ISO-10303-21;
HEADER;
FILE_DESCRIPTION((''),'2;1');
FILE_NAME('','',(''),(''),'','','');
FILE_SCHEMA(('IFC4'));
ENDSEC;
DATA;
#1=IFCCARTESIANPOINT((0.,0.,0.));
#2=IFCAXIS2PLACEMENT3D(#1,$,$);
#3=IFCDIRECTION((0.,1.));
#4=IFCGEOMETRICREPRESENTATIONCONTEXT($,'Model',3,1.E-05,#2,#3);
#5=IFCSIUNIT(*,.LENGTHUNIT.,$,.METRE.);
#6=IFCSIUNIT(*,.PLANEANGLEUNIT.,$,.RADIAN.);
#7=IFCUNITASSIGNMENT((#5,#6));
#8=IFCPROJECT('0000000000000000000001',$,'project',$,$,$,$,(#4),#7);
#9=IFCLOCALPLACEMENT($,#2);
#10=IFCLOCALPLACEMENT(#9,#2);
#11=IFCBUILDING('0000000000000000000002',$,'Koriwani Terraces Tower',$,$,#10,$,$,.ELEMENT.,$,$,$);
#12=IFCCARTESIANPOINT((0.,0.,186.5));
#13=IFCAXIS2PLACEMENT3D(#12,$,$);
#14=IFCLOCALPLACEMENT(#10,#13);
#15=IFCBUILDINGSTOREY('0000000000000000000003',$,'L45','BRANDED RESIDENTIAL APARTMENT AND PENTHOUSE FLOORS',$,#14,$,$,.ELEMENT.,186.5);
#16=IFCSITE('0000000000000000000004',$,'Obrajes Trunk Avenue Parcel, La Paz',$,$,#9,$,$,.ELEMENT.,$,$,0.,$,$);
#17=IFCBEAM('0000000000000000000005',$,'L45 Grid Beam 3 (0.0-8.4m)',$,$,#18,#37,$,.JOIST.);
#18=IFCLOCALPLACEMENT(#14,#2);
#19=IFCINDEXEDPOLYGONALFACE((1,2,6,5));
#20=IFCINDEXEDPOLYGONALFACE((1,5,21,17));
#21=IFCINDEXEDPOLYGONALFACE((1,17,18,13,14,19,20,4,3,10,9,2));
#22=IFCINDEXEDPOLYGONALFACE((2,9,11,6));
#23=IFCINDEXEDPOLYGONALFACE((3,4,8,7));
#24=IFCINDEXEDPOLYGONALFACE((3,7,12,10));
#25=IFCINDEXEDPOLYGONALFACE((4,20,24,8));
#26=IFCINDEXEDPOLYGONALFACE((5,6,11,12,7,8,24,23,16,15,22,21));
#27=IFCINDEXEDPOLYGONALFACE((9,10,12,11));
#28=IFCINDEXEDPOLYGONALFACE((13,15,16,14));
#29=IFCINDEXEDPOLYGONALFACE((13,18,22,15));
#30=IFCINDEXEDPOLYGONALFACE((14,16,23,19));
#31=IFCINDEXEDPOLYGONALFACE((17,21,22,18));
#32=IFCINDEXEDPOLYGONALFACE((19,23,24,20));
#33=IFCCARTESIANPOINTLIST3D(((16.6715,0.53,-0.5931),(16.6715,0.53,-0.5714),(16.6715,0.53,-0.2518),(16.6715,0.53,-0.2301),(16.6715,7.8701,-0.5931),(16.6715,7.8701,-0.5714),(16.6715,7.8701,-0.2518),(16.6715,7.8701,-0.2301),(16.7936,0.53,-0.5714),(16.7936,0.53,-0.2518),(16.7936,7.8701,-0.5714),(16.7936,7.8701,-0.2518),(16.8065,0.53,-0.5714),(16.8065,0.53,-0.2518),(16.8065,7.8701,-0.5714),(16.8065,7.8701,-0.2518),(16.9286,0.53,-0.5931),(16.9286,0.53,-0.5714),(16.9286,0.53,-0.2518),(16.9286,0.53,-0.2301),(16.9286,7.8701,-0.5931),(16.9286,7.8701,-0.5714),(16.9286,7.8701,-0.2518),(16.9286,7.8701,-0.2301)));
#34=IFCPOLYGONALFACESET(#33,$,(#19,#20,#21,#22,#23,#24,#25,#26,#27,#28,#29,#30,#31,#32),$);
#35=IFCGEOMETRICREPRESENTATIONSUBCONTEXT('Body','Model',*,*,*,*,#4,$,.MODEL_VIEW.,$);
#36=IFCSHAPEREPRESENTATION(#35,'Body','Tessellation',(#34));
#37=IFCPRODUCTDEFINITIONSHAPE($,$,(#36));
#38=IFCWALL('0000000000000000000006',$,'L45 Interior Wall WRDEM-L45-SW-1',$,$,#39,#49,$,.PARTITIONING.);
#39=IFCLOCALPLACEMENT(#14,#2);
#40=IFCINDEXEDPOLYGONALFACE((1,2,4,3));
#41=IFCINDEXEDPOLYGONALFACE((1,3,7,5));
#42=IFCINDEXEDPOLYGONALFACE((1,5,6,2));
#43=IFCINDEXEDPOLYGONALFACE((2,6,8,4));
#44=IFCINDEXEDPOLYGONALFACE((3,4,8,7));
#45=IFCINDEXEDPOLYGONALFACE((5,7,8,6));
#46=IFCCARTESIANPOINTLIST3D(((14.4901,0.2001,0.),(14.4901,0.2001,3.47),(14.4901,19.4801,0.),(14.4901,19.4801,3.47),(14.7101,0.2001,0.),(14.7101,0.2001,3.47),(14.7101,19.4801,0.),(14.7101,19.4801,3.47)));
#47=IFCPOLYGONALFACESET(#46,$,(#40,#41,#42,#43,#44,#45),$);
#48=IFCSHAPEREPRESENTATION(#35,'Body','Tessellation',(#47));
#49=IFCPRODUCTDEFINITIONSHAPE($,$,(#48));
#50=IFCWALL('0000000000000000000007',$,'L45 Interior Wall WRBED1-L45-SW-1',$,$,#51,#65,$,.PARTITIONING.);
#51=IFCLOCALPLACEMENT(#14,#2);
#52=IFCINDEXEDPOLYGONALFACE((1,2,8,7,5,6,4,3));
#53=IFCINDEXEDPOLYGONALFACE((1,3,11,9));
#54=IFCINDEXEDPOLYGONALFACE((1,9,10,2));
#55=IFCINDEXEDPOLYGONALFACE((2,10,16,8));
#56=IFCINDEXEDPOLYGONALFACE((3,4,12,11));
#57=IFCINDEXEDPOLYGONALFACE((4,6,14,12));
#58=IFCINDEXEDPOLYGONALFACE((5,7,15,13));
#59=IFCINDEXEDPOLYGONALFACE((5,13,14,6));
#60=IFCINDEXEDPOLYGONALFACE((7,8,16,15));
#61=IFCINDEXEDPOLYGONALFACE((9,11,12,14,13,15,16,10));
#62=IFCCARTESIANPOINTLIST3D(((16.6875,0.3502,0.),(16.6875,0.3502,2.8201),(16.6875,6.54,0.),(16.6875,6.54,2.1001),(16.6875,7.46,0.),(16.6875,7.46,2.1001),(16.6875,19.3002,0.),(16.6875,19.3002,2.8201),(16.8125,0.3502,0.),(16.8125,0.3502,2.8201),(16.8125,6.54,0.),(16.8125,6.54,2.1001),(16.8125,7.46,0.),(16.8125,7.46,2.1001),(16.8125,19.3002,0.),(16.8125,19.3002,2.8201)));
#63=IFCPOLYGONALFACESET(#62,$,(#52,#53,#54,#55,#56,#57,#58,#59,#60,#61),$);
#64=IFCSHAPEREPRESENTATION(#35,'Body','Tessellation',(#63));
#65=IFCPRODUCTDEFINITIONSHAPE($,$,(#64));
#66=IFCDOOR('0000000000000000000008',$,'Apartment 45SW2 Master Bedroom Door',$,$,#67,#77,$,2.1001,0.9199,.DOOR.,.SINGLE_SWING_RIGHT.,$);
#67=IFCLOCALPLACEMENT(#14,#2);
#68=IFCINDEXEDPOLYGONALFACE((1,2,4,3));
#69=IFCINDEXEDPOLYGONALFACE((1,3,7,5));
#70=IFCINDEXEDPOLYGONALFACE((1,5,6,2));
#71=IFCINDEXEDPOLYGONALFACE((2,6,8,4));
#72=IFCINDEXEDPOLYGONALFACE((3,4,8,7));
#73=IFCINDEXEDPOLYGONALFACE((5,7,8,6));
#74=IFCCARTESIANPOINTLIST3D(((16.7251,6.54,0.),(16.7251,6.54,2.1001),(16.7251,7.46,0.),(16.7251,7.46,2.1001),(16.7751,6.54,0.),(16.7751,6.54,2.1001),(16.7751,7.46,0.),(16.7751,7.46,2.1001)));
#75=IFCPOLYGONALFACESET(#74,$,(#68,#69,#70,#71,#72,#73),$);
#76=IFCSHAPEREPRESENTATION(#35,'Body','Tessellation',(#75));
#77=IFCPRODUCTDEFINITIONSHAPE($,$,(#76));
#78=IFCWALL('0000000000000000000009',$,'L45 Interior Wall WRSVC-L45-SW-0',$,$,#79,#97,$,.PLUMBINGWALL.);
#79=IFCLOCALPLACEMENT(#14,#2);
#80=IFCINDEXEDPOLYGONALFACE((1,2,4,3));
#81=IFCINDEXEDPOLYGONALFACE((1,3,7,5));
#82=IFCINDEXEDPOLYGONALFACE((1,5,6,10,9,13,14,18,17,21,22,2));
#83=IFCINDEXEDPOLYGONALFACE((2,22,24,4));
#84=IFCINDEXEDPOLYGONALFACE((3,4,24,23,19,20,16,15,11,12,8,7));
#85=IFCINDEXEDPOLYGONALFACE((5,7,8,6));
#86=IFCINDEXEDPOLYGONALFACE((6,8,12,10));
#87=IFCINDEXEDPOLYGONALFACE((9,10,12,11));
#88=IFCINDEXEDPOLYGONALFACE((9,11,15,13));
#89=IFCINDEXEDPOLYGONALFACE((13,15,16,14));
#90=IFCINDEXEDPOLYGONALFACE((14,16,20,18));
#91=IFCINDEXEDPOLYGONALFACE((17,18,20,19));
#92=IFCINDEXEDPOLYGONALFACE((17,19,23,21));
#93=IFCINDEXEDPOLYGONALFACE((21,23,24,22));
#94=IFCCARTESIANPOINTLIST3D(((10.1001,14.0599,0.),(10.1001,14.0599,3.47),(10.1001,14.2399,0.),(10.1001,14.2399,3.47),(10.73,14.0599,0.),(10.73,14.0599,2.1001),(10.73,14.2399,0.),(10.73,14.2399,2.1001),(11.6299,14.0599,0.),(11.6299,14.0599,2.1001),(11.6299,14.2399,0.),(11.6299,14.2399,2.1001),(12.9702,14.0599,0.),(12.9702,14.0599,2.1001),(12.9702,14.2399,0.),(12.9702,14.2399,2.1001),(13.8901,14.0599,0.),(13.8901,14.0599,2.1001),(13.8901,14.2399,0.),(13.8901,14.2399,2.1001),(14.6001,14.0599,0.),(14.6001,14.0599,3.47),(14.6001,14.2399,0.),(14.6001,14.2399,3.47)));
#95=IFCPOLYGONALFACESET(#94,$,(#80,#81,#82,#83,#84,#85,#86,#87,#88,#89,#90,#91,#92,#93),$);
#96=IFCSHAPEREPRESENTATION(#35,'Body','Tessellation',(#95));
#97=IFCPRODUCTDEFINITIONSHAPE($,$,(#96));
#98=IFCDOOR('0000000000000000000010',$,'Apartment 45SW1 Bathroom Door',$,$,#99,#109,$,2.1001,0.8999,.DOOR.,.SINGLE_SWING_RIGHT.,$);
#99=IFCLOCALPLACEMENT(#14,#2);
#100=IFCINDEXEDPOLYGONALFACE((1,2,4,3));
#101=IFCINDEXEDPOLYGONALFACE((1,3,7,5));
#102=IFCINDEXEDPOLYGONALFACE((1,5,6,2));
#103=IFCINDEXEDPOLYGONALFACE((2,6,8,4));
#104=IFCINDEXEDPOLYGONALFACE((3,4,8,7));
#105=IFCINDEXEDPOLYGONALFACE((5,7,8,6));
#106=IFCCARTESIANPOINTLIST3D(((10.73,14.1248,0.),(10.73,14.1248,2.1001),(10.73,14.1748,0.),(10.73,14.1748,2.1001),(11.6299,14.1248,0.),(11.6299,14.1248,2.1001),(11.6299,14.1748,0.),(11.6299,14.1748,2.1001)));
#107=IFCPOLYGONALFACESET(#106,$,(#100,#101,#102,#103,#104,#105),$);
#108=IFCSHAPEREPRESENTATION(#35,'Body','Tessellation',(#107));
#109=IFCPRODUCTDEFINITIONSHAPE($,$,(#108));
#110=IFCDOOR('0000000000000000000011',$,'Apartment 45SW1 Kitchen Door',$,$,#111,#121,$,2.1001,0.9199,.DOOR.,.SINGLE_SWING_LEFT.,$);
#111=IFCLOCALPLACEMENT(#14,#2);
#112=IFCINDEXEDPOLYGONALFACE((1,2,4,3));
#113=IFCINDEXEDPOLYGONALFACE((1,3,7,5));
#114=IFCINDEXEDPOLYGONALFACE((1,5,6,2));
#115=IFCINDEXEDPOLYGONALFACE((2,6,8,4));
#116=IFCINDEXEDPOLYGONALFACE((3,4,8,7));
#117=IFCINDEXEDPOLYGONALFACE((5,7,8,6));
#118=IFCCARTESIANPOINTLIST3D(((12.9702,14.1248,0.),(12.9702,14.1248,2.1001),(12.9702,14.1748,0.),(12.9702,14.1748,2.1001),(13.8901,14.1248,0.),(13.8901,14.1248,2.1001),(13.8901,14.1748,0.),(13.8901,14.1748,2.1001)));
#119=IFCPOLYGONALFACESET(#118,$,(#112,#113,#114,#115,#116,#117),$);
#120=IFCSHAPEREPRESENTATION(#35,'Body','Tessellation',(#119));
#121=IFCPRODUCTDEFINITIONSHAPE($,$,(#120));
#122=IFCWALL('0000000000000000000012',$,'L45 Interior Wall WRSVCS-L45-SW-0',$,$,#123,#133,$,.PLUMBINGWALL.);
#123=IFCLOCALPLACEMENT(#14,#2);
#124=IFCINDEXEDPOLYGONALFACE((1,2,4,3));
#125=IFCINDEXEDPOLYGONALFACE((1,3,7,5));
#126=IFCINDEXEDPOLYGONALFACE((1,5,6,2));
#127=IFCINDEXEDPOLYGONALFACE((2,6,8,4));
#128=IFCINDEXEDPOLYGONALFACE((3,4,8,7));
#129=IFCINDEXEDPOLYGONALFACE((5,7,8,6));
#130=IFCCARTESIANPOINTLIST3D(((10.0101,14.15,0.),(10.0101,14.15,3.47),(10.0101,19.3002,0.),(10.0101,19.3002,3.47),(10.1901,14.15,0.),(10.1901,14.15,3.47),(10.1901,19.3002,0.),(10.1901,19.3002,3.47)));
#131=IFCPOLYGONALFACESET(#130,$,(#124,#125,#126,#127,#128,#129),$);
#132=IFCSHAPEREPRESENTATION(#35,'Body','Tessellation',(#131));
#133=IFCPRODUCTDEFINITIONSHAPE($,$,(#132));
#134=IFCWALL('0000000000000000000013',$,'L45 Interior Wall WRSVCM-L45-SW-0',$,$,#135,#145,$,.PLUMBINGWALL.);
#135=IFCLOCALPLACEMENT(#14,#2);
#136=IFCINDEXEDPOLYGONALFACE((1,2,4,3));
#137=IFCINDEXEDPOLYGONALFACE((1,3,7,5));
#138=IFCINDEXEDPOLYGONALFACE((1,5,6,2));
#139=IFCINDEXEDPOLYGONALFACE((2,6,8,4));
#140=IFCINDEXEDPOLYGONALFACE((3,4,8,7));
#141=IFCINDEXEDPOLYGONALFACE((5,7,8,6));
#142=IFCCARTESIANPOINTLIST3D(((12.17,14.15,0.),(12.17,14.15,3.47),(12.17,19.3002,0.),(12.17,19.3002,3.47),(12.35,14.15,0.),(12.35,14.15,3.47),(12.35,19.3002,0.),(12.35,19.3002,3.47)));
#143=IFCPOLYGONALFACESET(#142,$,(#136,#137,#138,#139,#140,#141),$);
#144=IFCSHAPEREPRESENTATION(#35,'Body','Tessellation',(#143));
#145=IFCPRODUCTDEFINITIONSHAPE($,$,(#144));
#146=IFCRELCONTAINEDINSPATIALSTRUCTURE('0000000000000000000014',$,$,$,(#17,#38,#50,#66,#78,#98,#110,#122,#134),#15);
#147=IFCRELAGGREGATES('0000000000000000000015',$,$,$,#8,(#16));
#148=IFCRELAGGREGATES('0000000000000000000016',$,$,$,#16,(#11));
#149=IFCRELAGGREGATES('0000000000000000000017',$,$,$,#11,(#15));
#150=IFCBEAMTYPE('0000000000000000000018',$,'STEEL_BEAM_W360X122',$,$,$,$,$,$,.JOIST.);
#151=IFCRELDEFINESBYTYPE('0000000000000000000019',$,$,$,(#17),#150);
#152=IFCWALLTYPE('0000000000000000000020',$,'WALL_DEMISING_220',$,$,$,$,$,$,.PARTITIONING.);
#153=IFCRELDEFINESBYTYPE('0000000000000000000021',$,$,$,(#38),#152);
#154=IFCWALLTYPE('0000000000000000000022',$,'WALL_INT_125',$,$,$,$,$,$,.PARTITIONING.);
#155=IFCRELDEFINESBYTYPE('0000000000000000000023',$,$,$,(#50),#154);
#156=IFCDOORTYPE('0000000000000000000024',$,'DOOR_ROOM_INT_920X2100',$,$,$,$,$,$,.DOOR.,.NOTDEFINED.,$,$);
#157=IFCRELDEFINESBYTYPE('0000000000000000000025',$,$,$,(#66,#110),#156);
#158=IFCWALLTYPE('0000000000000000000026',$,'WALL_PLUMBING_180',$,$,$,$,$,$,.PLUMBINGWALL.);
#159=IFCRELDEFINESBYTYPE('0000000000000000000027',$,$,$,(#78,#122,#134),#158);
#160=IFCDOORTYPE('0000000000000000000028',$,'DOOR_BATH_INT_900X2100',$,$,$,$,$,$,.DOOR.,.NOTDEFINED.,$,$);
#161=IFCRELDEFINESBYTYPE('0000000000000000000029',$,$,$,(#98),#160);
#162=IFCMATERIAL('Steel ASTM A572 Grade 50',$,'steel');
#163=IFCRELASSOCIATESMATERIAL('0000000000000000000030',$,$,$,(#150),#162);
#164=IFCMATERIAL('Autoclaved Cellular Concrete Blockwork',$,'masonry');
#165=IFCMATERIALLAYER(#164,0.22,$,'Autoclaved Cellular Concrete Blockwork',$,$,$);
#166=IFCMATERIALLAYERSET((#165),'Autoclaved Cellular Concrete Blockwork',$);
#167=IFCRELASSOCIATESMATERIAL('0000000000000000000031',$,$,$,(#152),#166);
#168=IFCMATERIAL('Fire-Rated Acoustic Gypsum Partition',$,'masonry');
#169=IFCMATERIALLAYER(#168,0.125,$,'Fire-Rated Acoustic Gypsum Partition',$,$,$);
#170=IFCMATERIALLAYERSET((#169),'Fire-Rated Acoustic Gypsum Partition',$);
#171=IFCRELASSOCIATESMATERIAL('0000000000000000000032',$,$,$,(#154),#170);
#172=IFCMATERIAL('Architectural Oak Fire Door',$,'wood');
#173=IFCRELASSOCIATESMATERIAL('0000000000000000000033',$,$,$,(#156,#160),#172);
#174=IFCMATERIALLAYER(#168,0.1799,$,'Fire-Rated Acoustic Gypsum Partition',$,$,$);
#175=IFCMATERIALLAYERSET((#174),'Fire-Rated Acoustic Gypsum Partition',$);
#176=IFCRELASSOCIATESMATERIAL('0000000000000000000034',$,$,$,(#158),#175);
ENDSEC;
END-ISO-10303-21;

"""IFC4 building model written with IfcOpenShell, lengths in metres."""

from ifc_helpers import new_model, si_unit, direction, frame, frame_2d, origin, origin_2d, place, context, subcontext, project, spatial, rectangle, i_section, extrude, material, layer, layer_set, material_profile, profile_set, type_object, element, fill, save


model = new_model("IFC4")

# Units and contexts
model_context = context("Model", 3, precision=1e-05, world=origin(), true_north=direction((0.0, 1.0)))
body_context = subcontext(model_context, "Body", "Model", "MODEL_VIEW")
ifc_project = project(units=[si_unit("LENGTHUNIT", "METRE"), si_unit("PLANEANGLEUNIT", "RADIAN")], contexts=[model_context])

# Site, building, storey
site_placement = place(None, origin())
site = spatial("IfcSite", under=ifc_project, at=site_placement, Name="Obrajes Trunk Avenue Parcel, La Paz", CompositionType="ELEMENT", RefElevation=0.0)
building_placement = place(site_placement, origin())
building = spatial("IfcBuilding", under=site, at=building_placement, Name="Koriwani Terraces Tower", CompositionType="ELEMENT")
storey_placement = place(building_placement, frame((0.0, 0.0, 186.5)))
storey = spatial("IfcBuildingStorey", under=building, at=storey_placement, Name="L45", Description="BRANDED RESIDENTIAL APARTMENT AND PENTHOUSE FLOORS", CompositionType="ELEMENT", Elevation=186.5)

# Beam
ifc_material_1 = material(Name="Steel ASTM A572 Grade 50", Category="steel")
ifc_material_profile_1 = material_profile(ifc_material_1, i_section(OverallWidth=0.2571, OverallDepth=0.363, WebThickness=0.0129, FlangeThickness=0.0217, at=origin_2d()), Name="Steel ASTM A572 Grade 50", Category="LoadBearing")
ifc_profile_set_1 = profile_set([ifc_material_profile_1], Name="Steel ASTM A572 Grade 50")
beam_type_1 = type_object("IfcBeamType", Name="STEEL_BEAM_W360X122", PredefinedType="JOIST", material=ifc_profile_set_1)
beam_1_placement = place(storey_placement, frame((16.8, 0.53, -0.4116), z_axis=(0.0, 1.0, 0.0), x_axis=(-1.0, 0.0, 0.0)))
element("IfcBeam", 1, at=beam_1_placement, inside=storey, type_object=beam_type_1, Name="L45 Grid Beam 3 (0.0-8.4m)", PredefinedType="JOIST", context=body_context, shape_type="SweptSolid", body=[
    extrude(i_section(OverallWidth=0.2571, OverallDepth=0.363, WebThickness=0.0129, FlangeThickness=0.0217, at=origin_2d()), origin(), (0.0, 0.0, 1.0), 7.3401),
])

# Wall
ifc_material_2 = material(Name="Autoclaved Cellular Concrete Blockwork", Category="masonry")
ifc_layer_1 = layer(ifc_material_2, 0.22, Name="Autoclaved Cellular Concrete Blockwork")
ifc_layer_set_1 = layer_set([ifc_layer_1], Name="Autoclaved Cellular Concrete Blockwork")
wall_type_1 = type_object("IfcWallType", Name="WALL_DEMISING_220", PredefinedType="PARTITIONING", material=ifc_layer_set_1)
wall_1_placement = place(storey_placement, frame((14.6001, 0.2, 0.0), z_axis=(0.0, 0.0, 1.0), x_axis=(0.0, 1.0, 0.0)))
element("IfcWall", 2, at=wall_1_placement, inside=storey, type_object=wall_type_1, Name="L45 Interior Wall WRDEM-L45-SW-1", PredefinedType="PARTITIONING", context=body_context, shape_type="SweptSolid", body=[
    extrude(rectangle(XDim=19.28, YDim=0.22, at=frame_2d((9.6401, 0.0))), origin(), (0.0, 0.0, 1.0), 3.47),
])

# Wall, opening, door
ifc_material_3 = material(Name="Fire-Rated Acoustic Gypsum Partition", Category="masonry")
ifc_layer_2 = layer(ifc_material_3, 0.125, Name="Fire-Rated Acoustic Gypsum Partition")
ifc_layer_set_2 = layer_set([ifc_layer_2], Name="Fire-Rated Acoustic Gypsum Partition")
wall_type_2 = type_object("IfcWallType", Name="WALL_INT_125", PredefinedType="PARTITIONING", material=ifc_layer_set_2)
wall_2_placement = place(storey_placement, frame((16.75, 0.3501, 0.0), z_axis=(0.0, 0.0, 1.0), x_axis=(0.0, 1.0, 0.0)))
wall_2 = element("IfcWall", 3, at=wall_2_placement, inside=storey, type_object=wall_type_2, Name="L45 Interior Wall WRBED1-L45-SW-1", PredefinedType="PARTITIONING", context=body_context, shape_type="SweptSolid", body=[
    extrude(rectangle(XDim=18.95, YDim=0.125, at=frame_2d((9.4751, 0.0))), origin(), (0.0, 0.0, 1.0), 2.8201),
])
opening_1_placement = place(wall_2_placement, frame((6.1899, 0.0, 0.0)))
opening_1 = element("IfcOpeningElement", 4, at=opening_1_placement, cuts=wall_2, PredefinedType="OPENING", context=body_context, shape_type="SweptSolid", body=[
    extrude(rectangle(XDim=0.9199, YDim=2.1001, at=frame_2d((0.46, 1.05))), frame((0.0, 0.0725, 0.0), z_axis=(0.0, -1.0, 0.0), x_axis=(1.0, 0.0, 0.0)), (0.0, 0.0, 1.0), 0.145),
])
ifc_material_4 = material(Name="Architectural Oak Fire Door", Category="wood")
door_type_1 = type_object("IfcDoorType", Name="DOOR_ROOM_INT_920X2100", OperationType="NOTDEFINED", PredefinedType="DOOR", material=ifc_material_4)
door_1_placement = place(opening_1_placement, origin())
door_1 = element("IfcDoor", 5, at=door_1_placement, inside=storey, type_object=door_type_1, Name="Apartment 45SW2 Master Bedroom Door", OperationType="SINGLE_SWING_RIGHT", OverallHeight=2.1001, OverallWidth=0.9199, PredefinedType="DOOR", context=body_context, shape_type="SweptSolid", body=[
    extrude(rectangle(XDim=0.9199, YDim=2.1001, at=frame_2d((0.46, 1.05))), frame((0.0, 0.0249, 0.0), z_axis=(0.0, -1.0, 0.0), x_axis=(1.0, 0.0, 0.0)), (0.0, 0.0, 1.0), 0.05),
])
fill(opening_1, door_1)

# Wall, openings, doors
ifc_layer_3 = layer(ifc_material_3, 0.1799, Name="Fire-Rated Acoustic Gypsum Partition")
ifc_layer_set_3 = layer_set([ifc_layer_3], Name="Fire-Rated Acoustic Gypsum Partition")
wall_type_3 = type_object("IfcWallType", Name="WALL_PLUMBING_180", PredefinedType="PLUMBINGWALL", material=ifc_layer_set_3)
wall_3_placement = place(storey_placement, frame((10.1001, 14.1499, 0.0), z_axis=(0.0, 0.0, 1.0), x_axis=(1.0, 0.0, 0.0)))
wall_3 = element("IfcWall", 6, at=wall_3_placement, inside=storey, type_object=wall_type_3, Name="L45 Interior Wall WRSVC-L45-SW-0", PredefinedType="PLUMBINGWALL", context=body_context, shape_type="SweptSolid", body=[
    extrude(rectangle(XDim=4.5, YDim=0.1799, at=frame_2d((2.25, 0.0))), origin(), (0.0, 0.0, 1.0), 3.47),
])
opening_2_placement = place(wall_3_placement, frame((0.6299, 0.0, 0.0)))
opening_2 = element("IfcOpeningElement", 7, at=opening_2_placement, cuts=wall_3, PredefinedType="OPENING", context=body_context, shape_type="SweptSolid", body=[
    extrude(rectangle(XDim=0.8999, YDim=2.1001, at=frame_2d((0.45, 1.05))), frame((0.0, 0.1001, 0.0), z_axis=(0.0, -1.0, 0.0), x_axis=(1.0, 0.0, 0.0)), (0.0, 0.0, 1.0), 0.2),
])
opening_3_placement = place(wall_3_placement, frame((2.8701, 0.0, 0.0)))
opening_3 = element("IfcOpeningElement", 8, at=opening_3_placement, cuts=wall_3, PredefinedType="OPENING", context=body_context, shape_type="SweptSolid", body=[
    extrude(rectangle(XDim=0.9199, YDim=2.1001, at=frame_2d((0.46, 1.05))), frame((0.0, 0.1001, 0.0), z_axis=(0.0, -1.0, 0.0), x_axis=(1.0, 0.0, 0.0)), (0.0, 0.0, 1.0), 0.2),
])
door_type_2 = type_object("IfcDoorType", Name="DOOR_BATH_INT_900X2100", OperationType="NOTDEFINED", PredefinedType="DOOR", material=ifc_material_4)
door_2_placement = place(opening_2_placement, origin())
door_2 = element("IfcDoor", 9, at=door_2_placement, inside=storey, type_object=door_type_2, Name="Apartment 45SW1 Bathroom Door", OperationType="SINGLE_SWING_RIGHT", OverallHeight=2.1001, OverallWidth=0.8999, PredefinedType="DOOR", context=body_context, shape_type="SweptSolid", body=[
    extrude(rectangle(XDim=0.8999, YDim=2.1001, at=frame_2d((0.45, 1.05))), frame((0.0, 0.0249, 0.0), z_axis=(0.0, -1.0, 0.0), x_axis=(1.0, 0.0, 0.0)), (0.0, 0.0, 1.0), 0.05),
])
fill(opening_2, door_2)
door_3_placement = place(opening_3_placement, origin())
door_3 = element("IfcDoor", 10, at=door_3_placement, inside=storey, type_object=door_type_1, Name="Apartment 45SW1 Kitchen Door", OperationType="SINGLE_SWING_LEFT", OverallHeight=2.1001, OverallWidth=0.9199, PredefinedType="DOOR", context=body_context, shape_type="SweptSolid", body=[
    extrude(rectangle(XDim=0.9199, YDim=2.1001, at=frame_2d((0.46, 1.05))), frame((0.0, 0.0249, 0.0), z_axis=(0.0, -1.0, 0.0), x_axis=(1.0, 0.0, 0.0)), (0.0, 0.0, 1.0), 0.05),
])
fill(opening_3, door_3)

# Walls
for number, where, z_axis, x_axis, name in (
    (11, (10.1001, 14.1499, 0.0), (0.0, 0.0, 1.0), (0.0, 1.0, 0.0), "L45 Interior Wall WRSVCS-L45-SW-0"),
    (12, (12.26, 14.1499, 0.0), (0.0, 0.0, 1.0), (0.0, 1.0, 0.0), "L45 Interior Wall WRSVCM-L45-SW-0"),
):
    element("IfcWall", number, at=place(storey_placement, frame(where, z_axis=z_axis, x_axis=x_axis)), inside=storey, type_object=wall_type_3, Name=name, PredefinedType="PLUMBINGWALL", context=body_context, shape_type="SweptSolid", body=[
        extrude(rectangle(XDim=5.1501, YDim=0.1799, at=frame_2d((2.5752, 0.0))), origin(), (0.0, 0.0, 1.0), 3.47),
    ])

save(model, "model.ifc")
